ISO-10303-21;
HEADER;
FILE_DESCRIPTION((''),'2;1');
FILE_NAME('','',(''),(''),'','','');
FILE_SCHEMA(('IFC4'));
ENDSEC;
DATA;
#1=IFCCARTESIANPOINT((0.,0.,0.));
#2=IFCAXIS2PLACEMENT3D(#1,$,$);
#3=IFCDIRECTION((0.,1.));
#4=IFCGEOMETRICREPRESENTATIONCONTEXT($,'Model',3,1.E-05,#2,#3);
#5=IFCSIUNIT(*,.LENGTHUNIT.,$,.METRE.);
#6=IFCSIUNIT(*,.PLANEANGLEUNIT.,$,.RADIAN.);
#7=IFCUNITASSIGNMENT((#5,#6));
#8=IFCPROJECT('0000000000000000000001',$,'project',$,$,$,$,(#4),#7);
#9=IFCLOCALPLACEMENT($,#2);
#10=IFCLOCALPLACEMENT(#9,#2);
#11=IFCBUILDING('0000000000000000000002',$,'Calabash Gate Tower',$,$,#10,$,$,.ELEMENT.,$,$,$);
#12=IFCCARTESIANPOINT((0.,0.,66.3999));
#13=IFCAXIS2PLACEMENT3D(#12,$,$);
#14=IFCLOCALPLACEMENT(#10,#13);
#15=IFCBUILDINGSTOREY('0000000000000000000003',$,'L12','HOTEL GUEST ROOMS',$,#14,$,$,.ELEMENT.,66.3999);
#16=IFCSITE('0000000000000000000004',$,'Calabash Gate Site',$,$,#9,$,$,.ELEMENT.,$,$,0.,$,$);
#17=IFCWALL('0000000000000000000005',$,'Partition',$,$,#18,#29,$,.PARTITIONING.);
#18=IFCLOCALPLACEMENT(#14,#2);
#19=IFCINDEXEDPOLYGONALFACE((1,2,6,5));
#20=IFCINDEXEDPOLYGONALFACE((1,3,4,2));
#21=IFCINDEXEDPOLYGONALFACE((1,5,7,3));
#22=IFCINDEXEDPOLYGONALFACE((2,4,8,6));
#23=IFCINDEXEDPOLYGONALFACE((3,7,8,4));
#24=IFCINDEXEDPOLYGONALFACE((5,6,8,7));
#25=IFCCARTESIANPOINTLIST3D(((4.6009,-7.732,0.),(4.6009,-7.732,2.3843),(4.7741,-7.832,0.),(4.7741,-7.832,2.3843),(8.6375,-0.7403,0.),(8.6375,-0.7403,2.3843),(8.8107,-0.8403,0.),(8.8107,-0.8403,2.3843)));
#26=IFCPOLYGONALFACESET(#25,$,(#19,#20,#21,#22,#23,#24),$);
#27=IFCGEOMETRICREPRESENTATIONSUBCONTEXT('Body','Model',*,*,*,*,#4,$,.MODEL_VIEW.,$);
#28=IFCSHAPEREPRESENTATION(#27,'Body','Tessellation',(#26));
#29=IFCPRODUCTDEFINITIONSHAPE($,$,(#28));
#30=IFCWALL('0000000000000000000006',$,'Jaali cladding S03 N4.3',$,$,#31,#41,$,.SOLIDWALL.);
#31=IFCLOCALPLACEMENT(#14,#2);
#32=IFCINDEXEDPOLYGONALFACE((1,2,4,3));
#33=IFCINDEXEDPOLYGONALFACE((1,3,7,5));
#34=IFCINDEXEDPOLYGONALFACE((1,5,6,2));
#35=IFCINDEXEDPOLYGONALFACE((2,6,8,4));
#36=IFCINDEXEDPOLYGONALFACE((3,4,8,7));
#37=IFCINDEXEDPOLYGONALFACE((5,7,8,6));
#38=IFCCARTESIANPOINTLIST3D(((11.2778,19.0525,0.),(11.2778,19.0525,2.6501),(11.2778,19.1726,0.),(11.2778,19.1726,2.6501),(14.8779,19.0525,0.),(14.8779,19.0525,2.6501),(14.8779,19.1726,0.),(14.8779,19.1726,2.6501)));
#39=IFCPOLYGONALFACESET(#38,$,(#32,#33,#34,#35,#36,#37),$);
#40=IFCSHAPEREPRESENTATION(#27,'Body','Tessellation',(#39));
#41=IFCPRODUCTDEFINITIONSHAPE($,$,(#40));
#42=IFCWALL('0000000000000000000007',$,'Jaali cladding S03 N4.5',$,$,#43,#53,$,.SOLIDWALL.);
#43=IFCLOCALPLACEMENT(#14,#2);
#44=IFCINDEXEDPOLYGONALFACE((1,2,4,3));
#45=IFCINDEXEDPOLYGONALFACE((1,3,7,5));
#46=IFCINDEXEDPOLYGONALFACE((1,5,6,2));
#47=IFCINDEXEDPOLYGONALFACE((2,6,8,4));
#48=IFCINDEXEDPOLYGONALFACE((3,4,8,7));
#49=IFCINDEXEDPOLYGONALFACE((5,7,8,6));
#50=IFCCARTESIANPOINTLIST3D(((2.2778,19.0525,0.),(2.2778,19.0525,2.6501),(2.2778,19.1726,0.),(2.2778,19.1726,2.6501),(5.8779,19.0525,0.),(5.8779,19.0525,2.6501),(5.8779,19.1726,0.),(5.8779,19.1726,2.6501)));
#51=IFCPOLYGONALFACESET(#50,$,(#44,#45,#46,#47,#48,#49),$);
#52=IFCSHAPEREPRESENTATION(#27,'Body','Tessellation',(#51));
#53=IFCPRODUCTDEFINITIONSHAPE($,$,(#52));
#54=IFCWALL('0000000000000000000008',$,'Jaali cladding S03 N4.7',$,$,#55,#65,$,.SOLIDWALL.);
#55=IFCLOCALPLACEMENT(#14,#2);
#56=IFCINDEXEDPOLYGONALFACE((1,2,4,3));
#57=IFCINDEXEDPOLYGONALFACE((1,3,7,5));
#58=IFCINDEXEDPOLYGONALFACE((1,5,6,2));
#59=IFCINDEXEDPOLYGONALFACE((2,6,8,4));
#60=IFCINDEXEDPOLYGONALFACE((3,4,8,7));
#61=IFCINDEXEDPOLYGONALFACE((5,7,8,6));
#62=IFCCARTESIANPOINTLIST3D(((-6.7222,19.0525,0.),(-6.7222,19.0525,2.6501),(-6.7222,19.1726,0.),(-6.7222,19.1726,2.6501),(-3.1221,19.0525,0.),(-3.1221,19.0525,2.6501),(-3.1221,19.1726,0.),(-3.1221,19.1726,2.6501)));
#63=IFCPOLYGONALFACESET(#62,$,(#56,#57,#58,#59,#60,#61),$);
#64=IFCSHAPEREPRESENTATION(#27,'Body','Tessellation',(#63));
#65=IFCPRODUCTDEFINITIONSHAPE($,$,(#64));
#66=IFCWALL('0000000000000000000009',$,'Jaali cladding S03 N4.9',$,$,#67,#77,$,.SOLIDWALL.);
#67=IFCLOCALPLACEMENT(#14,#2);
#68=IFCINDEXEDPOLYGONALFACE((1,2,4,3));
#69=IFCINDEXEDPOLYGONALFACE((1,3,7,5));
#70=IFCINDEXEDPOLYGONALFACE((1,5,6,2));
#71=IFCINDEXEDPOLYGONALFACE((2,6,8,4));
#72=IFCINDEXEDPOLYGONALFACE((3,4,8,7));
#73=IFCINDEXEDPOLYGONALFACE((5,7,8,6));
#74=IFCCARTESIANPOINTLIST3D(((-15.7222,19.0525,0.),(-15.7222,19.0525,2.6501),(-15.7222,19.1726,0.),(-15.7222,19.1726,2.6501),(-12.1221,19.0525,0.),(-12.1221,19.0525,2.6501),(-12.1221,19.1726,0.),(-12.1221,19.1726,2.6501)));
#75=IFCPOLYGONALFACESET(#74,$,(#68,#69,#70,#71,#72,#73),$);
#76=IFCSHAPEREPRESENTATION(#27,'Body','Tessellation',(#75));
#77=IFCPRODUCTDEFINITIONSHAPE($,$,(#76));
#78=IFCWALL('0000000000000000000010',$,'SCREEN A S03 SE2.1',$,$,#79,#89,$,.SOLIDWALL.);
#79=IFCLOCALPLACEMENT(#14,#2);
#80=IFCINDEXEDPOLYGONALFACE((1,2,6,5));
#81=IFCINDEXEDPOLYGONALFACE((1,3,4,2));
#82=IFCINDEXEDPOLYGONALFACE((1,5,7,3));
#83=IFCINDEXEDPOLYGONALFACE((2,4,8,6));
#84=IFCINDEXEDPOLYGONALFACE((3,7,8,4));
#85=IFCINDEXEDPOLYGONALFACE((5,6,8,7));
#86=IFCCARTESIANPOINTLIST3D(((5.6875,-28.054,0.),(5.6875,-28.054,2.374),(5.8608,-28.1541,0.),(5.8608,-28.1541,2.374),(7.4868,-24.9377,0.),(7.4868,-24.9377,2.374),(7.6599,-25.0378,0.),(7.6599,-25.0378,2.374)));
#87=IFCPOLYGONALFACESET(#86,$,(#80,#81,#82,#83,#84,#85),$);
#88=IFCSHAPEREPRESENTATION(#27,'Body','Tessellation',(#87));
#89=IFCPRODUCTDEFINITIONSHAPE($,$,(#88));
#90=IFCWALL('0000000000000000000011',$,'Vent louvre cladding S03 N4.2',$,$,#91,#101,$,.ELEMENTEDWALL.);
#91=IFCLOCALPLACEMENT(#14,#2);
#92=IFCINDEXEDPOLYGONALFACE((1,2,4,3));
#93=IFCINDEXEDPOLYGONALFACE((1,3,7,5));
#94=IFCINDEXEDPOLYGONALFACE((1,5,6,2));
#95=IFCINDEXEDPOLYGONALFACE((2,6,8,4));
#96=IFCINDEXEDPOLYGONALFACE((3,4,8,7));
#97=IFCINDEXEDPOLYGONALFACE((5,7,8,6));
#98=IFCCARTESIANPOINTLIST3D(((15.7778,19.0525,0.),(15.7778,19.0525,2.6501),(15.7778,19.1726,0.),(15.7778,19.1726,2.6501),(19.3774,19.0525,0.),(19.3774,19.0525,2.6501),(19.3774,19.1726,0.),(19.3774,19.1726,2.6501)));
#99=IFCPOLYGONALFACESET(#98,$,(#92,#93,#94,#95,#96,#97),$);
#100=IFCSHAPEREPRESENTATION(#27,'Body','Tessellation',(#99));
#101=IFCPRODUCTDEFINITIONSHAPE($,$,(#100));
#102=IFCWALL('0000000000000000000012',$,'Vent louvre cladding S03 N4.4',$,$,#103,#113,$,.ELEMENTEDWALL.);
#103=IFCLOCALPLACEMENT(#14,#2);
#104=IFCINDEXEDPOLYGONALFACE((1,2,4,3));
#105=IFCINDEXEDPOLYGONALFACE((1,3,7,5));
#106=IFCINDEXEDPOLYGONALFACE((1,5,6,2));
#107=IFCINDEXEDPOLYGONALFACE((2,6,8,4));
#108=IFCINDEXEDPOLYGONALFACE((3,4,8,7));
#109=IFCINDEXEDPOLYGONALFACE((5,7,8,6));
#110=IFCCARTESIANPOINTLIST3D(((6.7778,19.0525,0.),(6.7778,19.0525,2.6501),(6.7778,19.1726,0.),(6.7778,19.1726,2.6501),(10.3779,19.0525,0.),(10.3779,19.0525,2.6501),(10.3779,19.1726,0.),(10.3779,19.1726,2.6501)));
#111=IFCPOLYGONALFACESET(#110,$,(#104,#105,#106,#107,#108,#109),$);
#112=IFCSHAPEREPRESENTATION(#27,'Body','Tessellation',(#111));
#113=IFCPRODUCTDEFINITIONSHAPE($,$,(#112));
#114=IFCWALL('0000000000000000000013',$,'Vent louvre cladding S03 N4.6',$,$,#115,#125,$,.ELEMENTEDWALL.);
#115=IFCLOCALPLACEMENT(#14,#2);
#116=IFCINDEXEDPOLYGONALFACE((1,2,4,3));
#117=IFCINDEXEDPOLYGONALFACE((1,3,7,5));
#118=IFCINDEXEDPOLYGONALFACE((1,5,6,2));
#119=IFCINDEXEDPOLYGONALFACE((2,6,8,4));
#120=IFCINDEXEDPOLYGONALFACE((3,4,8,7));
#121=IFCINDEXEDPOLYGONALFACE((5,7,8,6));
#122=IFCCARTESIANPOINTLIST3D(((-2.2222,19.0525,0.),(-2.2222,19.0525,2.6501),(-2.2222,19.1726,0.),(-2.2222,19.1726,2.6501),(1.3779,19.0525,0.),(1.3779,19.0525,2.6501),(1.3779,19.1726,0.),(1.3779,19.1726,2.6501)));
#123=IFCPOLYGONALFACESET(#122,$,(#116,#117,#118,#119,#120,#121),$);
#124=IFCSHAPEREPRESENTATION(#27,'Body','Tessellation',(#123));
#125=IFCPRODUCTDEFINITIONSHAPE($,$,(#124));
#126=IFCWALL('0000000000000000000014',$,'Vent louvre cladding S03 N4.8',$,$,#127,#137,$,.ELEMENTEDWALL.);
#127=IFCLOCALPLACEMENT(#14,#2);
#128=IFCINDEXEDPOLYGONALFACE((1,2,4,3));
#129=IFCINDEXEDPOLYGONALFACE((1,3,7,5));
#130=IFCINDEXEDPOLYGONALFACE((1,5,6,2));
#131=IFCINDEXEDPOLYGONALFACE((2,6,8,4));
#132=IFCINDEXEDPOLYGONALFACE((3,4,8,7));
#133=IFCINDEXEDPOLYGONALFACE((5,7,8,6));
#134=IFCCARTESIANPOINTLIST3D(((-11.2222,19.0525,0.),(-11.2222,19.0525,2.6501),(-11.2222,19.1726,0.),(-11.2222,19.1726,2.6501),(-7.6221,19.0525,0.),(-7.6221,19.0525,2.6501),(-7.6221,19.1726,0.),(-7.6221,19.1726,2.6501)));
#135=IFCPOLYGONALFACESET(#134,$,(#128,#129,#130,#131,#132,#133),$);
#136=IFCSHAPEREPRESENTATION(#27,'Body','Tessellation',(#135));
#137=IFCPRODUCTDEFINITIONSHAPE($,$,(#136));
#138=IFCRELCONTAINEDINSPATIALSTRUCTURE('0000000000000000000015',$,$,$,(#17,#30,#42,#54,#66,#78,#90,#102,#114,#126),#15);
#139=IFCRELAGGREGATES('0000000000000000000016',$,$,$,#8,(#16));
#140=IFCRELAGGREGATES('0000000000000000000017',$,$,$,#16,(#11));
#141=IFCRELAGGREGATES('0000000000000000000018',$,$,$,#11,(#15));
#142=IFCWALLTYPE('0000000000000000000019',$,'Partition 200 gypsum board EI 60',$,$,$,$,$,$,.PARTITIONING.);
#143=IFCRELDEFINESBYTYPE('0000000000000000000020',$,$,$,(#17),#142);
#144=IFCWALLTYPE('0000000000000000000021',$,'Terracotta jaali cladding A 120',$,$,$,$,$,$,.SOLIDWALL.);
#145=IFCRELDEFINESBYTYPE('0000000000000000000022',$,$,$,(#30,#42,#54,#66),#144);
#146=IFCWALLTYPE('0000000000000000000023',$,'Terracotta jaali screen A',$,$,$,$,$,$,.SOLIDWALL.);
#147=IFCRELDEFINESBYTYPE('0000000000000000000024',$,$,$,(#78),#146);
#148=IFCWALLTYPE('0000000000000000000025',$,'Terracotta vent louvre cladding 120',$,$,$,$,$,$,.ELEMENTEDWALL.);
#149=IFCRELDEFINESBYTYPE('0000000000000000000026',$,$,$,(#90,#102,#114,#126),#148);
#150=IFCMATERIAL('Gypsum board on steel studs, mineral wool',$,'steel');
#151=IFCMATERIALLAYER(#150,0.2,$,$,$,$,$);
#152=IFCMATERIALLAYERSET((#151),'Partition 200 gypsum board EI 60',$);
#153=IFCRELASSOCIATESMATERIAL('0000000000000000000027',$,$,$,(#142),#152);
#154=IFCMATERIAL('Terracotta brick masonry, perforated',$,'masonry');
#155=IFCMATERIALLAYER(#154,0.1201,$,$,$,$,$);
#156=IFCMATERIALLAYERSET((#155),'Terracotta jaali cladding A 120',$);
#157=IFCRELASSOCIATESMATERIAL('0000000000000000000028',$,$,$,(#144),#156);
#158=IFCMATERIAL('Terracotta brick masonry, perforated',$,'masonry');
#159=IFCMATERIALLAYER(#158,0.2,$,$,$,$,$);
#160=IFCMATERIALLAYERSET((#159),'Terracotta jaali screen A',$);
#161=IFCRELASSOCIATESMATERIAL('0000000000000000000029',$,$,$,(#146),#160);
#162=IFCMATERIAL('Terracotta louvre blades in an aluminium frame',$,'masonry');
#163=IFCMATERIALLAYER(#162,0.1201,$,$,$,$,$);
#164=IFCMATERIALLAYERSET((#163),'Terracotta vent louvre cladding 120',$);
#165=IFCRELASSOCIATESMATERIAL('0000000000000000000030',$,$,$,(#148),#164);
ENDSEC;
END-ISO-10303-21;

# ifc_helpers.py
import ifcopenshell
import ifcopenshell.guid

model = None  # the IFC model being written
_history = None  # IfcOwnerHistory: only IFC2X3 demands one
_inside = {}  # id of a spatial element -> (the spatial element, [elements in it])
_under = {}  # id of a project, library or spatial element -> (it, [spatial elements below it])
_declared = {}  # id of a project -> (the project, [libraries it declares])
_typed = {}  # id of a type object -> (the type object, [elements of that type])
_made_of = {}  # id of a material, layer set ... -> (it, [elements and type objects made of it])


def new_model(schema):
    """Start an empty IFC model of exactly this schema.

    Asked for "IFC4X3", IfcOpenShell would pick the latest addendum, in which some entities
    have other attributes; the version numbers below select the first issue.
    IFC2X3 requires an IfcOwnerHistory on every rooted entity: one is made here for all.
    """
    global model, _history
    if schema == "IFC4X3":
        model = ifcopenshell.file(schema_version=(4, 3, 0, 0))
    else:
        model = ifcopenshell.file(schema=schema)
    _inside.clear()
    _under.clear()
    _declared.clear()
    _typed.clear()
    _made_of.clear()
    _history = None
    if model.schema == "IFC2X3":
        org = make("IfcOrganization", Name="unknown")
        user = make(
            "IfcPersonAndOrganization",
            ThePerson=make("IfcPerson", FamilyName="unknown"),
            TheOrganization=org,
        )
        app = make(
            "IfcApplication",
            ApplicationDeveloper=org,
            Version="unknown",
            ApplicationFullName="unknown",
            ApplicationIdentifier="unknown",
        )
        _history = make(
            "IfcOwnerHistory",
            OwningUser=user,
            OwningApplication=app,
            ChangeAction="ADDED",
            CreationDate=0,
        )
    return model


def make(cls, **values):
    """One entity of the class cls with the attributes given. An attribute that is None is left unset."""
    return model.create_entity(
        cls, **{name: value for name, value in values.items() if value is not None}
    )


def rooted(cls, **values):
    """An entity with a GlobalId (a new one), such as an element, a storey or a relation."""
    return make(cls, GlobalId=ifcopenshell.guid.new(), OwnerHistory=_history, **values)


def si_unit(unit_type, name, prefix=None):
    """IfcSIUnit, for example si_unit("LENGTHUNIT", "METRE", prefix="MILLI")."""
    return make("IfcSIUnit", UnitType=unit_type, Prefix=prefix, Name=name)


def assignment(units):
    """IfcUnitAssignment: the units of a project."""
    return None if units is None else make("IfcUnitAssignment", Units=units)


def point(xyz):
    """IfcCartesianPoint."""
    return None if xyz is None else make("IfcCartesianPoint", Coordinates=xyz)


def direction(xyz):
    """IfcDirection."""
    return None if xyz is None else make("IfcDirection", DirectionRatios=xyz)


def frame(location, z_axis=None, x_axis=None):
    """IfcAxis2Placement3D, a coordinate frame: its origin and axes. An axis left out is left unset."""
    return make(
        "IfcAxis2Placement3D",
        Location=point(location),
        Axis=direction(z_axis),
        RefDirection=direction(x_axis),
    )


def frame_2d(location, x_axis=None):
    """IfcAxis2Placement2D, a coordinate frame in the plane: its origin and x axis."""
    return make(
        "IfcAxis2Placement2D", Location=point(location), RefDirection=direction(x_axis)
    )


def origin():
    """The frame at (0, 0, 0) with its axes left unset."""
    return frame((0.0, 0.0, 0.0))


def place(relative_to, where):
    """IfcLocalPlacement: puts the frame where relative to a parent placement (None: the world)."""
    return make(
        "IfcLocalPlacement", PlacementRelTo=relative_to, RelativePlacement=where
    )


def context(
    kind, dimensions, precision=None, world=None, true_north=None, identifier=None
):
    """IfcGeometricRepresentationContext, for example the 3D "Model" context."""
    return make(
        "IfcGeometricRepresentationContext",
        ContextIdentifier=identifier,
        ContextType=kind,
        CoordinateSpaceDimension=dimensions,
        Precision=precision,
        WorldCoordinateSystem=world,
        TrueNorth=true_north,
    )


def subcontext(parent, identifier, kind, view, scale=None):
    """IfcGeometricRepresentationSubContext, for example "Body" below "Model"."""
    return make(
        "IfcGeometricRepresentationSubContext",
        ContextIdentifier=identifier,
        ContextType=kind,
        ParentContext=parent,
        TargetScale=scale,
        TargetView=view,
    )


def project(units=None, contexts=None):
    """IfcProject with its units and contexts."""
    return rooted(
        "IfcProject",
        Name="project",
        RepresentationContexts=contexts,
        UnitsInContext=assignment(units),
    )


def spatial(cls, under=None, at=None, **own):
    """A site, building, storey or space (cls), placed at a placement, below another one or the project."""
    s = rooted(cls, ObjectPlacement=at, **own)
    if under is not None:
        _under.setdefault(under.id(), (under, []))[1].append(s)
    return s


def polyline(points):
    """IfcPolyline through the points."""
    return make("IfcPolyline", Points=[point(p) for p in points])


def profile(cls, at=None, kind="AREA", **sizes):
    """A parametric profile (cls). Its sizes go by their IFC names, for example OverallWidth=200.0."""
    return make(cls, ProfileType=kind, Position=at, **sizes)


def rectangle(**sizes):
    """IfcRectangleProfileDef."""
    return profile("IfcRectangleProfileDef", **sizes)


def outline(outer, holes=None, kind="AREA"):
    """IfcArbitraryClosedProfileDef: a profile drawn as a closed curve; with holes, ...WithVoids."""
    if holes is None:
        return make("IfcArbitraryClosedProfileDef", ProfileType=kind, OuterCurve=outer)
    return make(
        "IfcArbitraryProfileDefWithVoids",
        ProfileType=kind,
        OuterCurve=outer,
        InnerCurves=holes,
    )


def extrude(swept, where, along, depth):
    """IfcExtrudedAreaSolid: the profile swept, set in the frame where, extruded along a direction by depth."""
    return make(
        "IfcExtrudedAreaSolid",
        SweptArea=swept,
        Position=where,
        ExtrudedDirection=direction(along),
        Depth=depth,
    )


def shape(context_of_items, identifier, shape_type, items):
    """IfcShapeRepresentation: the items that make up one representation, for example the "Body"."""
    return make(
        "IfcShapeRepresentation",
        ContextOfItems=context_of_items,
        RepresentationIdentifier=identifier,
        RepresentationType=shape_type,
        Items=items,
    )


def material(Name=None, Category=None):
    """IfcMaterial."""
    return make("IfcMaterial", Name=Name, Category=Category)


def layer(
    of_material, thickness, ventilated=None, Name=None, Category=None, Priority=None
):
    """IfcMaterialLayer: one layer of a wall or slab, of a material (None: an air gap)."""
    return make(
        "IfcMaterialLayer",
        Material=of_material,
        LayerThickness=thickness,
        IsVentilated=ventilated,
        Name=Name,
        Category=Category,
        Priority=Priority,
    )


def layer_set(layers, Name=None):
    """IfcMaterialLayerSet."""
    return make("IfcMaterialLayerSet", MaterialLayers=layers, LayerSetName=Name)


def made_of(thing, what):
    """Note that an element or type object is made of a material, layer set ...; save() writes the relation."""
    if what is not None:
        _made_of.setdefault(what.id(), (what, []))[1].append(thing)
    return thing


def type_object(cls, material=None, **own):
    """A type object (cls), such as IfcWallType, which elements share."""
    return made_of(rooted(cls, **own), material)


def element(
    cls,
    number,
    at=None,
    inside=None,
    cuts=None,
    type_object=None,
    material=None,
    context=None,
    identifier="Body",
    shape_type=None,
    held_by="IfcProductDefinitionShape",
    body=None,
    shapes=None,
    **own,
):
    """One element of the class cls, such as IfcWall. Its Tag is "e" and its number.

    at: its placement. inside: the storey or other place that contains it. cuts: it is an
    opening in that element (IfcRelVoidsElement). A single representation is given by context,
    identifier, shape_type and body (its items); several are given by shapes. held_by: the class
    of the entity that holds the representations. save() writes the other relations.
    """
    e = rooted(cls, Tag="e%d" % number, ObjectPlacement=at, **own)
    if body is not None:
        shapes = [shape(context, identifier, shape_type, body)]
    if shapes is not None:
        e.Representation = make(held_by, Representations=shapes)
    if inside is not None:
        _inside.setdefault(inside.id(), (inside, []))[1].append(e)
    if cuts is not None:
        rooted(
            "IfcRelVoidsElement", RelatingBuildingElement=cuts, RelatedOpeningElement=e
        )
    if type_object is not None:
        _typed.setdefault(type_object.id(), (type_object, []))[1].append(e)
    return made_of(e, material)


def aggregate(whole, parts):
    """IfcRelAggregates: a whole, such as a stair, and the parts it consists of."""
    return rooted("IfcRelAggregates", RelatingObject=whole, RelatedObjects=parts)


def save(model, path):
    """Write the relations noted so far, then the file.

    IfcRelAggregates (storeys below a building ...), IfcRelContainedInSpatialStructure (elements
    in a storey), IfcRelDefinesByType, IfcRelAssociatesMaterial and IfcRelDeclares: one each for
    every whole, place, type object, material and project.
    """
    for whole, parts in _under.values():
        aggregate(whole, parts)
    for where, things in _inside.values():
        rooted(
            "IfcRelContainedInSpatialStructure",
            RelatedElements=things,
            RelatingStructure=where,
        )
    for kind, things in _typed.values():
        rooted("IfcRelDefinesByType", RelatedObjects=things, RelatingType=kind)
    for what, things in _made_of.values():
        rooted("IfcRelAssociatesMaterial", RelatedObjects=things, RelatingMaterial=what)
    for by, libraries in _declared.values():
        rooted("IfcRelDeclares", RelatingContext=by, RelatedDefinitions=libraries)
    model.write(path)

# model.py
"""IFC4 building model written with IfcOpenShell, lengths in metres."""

from ifc_helpers import new_model, si_unit, direction, frame, frame_2d, origin, place, context, subcontext, project, spatial, polyline, rectangle, outline, extrude, material, layer, layer_set, type_object, element, save


model = new_model("IFC4")

# Units and contexts
model_context = context("Model", 3, precision=1e-05, world=origin(), true_north=direction((0.0, 1.0)))
body_context = subcontext(model_context, "Body", "Model", "MODEL_VIEW")
ifc_project = project(units=[si_unit("LENGTHUNIT", "METRE"), si_unit("PLANEANGLEUNIT", "RADIAN")], contexts=[model_context])

# Site, building, storey
site_placement = place(None, origin())
site = spatial("IfcSite", under=ifc_project, at=site_placement, Name="Calabash Gate Site", CompositionType="ELEMENT", RefElevation=0.0)
building_placement = place(site_placement, origin())
building = spatial("IfcBuilding", under=site, at=building_placement, Name="Calabash Gate Tower", CompositionType="ELEMENT")
storey_placement = place(building_placement, frame((0.0, 0.0, 66.3999)))
storey = spatial("IfcBuildingStorey", under=building, at=storey_placement, Name="L12", Description="HOTEL GUEST ROOMS", CompositionType="ELEMENT", Elevation=66.3999)

# Walls
ifc_material_1 = material(Name="Gypsum board on steel studs, mineral wool", Category="steel")
ifc_layer_1 = layer(ifc_material_1, 0.2)
ifc_layer_set_1 = layer_set([ifc_layer_1], Name="Partition 200 gypsum board EI 60")
wall_type_1 = type_object("IfcWallType", Name="Partition 200 gypsum board EI 60", PredefinedType="PARTITIONING", material=ifc_layer_set_1)
wall_1_placement = place(storey_placement, frame((4.6875, -7.782, 0.0), z_axis=(0.0, 0.0, 1.0), x_axis=(0.499996, 0.866027, 0.0)))
element("IfcWall", 1, at=wall_1_placement, inside=storey, type_object=wall_type_1, Name="Partition", PredefinedType="PARTITIONING", context=body_context, shape_type="SweptSolid", body=[
    extrude(rectangle(XDim=8.0732, YDim=0.2, at=frame_2d((4.0366, 0.0))), origin(), (0.0, 0.0, 1.0), 2.3843),
])
ifc_material_2 = material(Name="Terracotta brick masonry, perforated", Category="masonry")
ifc_layer_2 = layer(ifc_material_2, 0.1201)
ifc_layer_set_2 = layer_set([ifc_layer_2], Name="Terracotta jaali cladding A 120")
wall_type_2 = type_object("IfcWallType", Name="Terracotta jaali cladding A 120", PredefinedType="SOLIDWALL", material=ifc_layer_set_2)
wall_2_placement = place(storey_placement, origin())
element("IfcWall", 2, at=wall_2_placement, inside=storey, type_object=wall_type_2, Name="Jaali cladding S03 N4.3", PredefinedType="SOLIDWALL", context=body_context, shape_type="SweptSolid", body=[
    extrude(outline(polyline([(11.2778, 19.1726), (11.2778, 19.0525), (14.8779, 19.0525), (14.8779, 19.1726), (11.2778, 19.1726)])), origin(), (0.0, 0.0, 1.0), 2.6501),
])
wall_3_placement = place(storey_placement, origin())
element("IfcWall", 3, at=wall_3_placement, inside=storey, type_object=wall_type_2, Name="Jaali cladding S03 N4.5", PredefinedType="SOLIDWALL", context=body_context, shape_type="SweptSolid", body=[
    extrude(outline(polyline([(2.2778, 19.1726), (2.2778, 19.0525), (5.8779, 19.0525), (5.8779, 19.1726), (2.2778, 19.1726)])), origin(), (0.0, 0.0, 1.0), 2.6501),
])
wall_4_placement = place(storey_placement, origin())
element("IfcWall", 4, at=wall_4_placement, inside=storey, type_object=wall_type_2, Name="Jaali cladding S03 N4.7", PredefinedType="SOLIDWALL", context=body_context, shape_type="SweptSolid", body=[
    extrude(outline(polyline([(-6.7222, 19.1726), (-6.7222, 19.0525), (-3.1221, 19.0525), (-3.1221, 19.1726), (-6.7222, 19.1726)])), origin(), (0.0, 0.0, 1.0), 2.6501),
])
wall_5_placement = place(storey_placement, origin())
element("IfcWall", 5, at=wall_5_placement, inside=storey, type_object=wall_type_2, Name="Jaali cladding S03 N4.9", PredefinedType="SOLIDWALL", context=body_context, shape_type="SweptSolid", body=[
    extrude(outline(polyline([(-15.7222, 19.1726), (-15.7222, 19.0525), (-12.1221, 19.0525), (-12.1221, 19.1726), (-15.7222, 19.1726)])), origin(), (0.0, 0.0, 1.0), 2.6501),
])
ifc_material_3 = material(Name="Terracotta brick masonry, perforated", Category="masonry")
ifc_layer_3 = layer(ifc_material_3, 0.2)
ifc_layer_set_3 = layer_set([ifc_layer_3], Name="Terracotta jaali screen A")
wall_type_3 = type_object("IfcWallType", Name="Terracotta jaali screen A", PredefinedType="SOLIDWALL", material=ifc_layer_set_3)
wall_6_placement = place(storey_placement, origin())
element("IfcWall", 6, at=wall_6_placement, inside=storey, type_object=wall_type_3, Name="SCREEN A S03 SE2.1", PredefinedType="SOLIDWALL", context=body_context, shape_type="SweptSolid", body=[
    extrude(outline(polyline([(7.4868, -24.9377), (5.6875, -28.054), (5.8608, -28.1541), (7.6599, -25.0378), (7.4868, -24.9377)])), origin(), (0.0, 0.0, 1.0), 2.374),
])
ifc_material_4 = material(Name="Terracotta louvre blades in an aluminium frame", Category="masonry")
ifc_layer_4 = layer(ifc_material_4, 0.1201)
ifc_layer_set_4 = layer_set([ifc_layer_4], Name="Terracotta vent louvre cladding 120")
wall_type_4 = type_object("IfcWallType", Name="Terracotta vent louvre cladding 120", PredefinedType="ELEMENTEDWALL", material=ifc_layer_set_4)
wall_7_placement = place(storey_placement, origin())
element("IfcWall", 7, at=wall_7_placement, inside=storey, type_object=wall_type_4, Name="Vent louvre cladding S03 N4.2", PredefinedType="ELEMENTEDWALL", context=body_context, shape_type="SweptSolid", body=[
    extrude(outline(polyline([(15.7778, 19.1726), (15.7778, 19.0525), (19.3774, 19.0525), (19.3774, 19.1726), (15.7778, 19.1726)])), origin(), (0.0, 0.0, 1.0), 2.6501),
])
wall_8_placement = place(storey_placement, origin())
element("IfcWall", 8, at=wall_8_placement, inside=storey, type_object=wall_type_4, Name="Vent louvre cladding S03 N4.4", PredefinedType="ELEMENTEDWALL", context=body_context, shape_type="SweptSolid", body=[
    extrude(outline(polyline([(6.7778, 19.1726), (6.7778, 19.0525), (10.3779, 19.0525), (10.3779, 19.1726), (6.7778, 19.1726)])), origin(), (0.0, 0.0, 1.0), 2.6501),
])
wall_9_placement = place(storey_placement, origin())
element("IfcWall", 9, at=wall_9_placement, inside=storey, type_object=wall_type_4, Name="Vent louvre cladding S03 N4.6", PredefinedType="ELEMENTEDWALL", context=body_context, shape_type="SweptSolid", body=[
    extrude(outline(polyline([(-2.2222, 19.1726), (-2.2222, 19.0525), (1.3779, 19.0525), (1.3779, 19.1726), (-2.2222, 19.1726)])), origin(), (0.0, 0.0, 1.0), 2.6501),
])
wall_10_placement = place(storey_placement, origin())
element("IfcWall", 10, at=wall_10_placement, inside=storey, type_object=wall_type_4, Name="Vent louvre cladding S03 N4.8", PredefinedType="ELEMENTEDWALL", context=body_context, shape_type="SweptSolid", body=[
    extrude(outline(polyline([(-11.2222, 19.1726), (-11.2222, 19.0525), (-7.6221, 19.0525), (-7.6221, 19.1726), (-11.2222, 19.1726)])), origin(), (0.0, 0.0, 1.0), 2.6501),
])

save(model, "model.ifc")
